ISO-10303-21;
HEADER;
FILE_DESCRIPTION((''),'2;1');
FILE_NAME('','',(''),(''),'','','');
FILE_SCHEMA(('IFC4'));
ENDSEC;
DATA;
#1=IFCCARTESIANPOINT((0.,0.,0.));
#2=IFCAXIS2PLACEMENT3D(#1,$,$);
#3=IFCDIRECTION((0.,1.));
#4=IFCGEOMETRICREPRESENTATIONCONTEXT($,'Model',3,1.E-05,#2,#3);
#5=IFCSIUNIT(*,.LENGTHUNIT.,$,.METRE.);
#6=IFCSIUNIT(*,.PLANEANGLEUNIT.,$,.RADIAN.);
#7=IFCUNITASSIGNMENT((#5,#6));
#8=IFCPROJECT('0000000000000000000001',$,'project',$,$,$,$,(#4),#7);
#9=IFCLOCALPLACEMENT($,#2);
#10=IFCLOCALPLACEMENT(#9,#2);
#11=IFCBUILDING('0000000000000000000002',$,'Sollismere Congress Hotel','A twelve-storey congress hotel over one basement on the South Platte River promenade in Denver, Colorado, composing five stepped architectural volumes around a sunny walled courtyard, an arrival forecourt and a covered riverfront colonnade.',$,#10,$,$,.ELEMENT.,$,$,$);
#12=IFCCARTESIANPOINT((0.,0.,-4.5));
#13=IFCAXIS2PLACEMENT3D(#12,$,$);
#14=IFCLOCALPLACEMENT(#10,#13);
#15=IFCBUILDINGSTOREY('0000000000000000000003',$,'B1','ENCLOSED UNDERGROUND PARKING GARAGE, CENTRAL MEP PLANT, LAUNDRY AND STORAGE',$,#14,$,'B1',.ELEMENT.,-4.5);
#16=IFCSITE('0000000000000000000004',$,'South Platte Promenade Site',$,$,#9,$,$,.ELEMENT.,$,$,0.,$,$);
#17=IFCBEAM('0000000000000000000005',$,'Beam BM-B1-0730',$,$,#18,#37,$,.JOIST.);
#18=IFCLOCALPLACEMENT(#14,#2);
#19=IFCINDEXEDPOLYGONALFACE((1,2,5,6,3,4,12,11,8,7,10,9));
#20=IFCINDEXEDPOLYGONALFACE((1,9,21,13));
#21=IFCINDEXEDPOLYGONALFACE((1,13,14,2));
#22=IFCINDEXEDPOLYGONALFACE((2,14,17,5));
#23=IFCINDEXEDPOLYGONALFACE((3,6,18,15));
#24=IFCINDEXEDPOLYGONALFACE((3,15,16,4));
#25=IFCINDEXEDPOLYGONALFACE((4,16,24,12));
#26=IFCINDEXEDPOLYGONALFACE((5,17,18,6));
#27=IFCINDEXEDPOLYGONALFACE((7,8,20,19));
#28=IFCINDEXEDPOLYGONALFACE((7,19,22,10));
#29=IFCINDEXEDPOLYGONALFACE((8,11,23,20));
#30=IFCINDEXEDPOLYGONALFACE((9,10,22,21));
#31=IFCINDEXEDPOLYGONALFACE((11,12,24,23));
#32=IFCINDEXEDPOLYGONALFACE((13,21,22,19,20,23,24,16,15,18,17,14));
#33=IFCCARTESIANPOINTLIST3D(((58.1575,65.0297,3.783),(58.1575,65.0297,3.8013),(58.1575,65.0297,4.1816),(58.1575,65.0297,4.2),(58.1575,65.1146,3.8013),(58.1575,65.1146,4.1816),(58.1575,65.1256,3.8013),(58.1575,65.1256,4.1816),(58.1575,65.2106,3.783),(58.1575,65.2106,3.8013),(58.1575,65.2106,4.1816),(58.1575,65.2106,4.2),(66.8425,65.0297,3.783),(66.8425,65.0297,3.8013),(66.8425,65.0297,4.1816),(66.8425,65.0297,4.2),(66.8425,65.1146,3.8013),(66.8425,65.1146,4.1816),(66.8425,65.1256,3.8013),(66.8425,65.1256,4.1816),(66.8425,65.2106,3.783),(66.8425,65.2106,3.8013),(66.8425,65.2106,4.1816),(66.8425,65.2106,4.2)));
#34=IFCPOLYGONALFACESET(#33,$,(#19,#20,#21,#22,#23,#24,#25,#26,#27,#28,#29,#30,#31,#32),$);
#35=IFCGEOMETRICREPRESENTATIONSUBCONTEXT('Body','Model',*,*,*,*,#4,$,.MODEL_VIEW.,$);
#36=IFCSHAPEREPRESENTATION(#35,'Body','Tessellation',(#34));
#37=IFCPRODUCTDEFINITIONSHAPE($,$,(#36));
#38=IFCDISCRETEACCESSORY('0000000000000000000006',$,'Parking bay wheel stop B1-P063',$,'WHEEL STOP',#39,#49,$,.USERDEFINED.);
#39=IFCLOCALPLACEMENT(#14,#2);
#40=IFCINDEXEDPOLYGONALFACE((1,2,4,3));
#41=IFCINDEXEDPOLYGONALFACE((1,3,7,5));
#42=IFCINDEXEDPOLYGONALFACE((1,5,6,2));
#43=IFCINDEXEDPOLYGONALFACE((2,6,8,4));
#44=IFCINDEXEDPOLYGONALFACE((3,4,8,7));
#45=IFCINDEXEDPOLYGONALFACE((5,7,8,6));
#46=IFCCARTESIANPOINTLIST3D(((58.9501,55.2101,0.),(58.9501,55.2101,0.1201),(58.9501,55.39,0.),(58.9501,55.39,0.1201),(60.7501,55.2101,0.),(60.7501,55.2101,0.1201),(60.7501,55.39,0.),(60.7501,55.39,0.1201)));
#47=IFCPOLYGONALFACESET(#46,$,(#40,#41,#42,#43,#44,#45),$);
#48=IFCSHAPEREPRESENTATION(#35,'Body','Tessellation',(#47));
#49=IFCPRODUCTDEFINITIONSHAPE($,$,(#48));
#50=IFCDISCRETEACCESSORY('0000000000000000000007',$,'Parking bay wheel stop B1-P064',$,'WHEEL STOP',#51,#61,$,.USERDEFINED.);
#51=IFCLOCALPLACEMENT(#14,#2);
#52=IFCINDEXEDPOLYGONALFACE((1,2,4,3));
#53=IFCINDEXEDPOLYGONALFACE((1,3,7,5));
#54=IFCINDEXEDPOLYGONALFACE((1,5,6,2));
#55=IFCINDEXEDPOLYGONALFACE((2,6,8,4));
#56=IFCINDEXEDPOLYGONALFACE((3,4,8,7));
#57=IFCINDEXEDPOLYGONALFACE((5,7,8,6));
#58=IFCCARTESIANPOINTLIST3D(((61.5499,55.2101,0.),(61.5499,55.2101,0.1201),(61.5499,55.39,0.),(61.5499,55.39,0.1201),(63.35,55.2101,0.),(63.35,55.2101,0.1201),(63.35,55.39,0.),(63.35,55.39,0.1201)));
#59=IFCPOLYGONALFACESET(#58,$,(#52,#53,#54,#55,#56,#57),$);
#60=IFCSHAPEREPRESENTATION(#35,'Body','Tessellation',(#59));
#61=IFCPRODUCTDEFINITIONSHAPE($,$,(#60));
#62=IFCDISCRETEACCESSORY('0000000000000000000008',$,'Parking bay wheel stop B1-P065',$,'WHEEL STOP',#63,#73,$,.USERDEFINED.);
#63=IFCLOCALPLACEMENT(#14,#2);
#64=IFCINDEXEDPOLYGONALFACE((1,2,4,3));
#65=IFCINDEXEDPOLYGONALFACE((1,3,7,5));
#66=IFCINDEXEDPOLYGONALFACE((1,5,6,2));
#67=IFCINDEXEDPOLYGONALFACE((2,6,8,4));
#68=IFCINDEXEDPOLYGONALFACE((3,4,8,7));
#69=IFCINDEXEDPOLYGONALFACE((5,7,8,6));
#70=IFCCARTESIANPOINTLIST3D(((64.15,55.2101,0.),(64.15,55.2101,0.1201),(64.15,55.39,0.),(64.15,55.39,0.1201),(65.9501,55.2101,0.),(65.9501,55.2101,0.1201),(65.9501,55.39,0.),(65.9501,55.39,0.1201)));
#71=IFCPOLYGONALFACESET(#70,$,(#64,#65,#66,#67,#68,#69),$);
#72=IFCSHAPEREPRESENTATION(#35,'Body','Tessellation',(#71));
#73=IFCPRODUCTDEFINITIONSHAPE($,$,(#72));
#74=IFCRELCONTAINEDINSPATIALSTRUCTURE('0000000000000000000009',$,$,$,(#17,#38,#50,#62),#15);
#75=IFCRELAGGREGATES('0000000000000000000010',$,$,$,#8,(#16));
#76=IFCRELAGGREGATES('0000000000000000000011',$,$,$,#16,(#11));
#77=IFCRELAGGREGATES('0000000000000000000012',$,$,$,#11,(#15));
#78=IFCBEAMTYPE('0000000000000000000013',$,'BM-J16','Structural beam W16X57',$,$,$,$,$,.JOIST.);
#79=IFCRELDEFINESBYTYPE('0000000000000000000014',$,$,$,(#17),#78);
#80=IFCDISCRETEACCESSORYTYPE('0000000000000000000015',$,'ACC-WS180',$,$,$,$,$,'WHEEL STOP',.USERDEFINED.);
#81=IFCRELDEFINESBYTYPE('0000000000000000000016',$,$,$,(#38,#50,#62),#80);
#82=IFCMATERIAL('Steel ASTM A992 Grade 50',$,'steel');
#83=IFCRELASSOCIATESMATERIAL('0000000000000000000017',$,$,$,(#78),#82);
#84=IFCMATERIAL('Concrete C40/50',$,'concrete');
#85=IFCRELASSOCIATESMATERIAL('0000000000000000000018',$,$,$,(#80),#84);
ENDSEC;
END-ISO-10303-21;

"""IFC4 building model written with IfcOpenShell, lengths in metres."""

from ifc_helpers import new_model, si_unit, direction, frame, origin, origin_2d, place, context, subcontext, project, spatial, rectangle, i_section, extrude, material, material_profile, profile_set, type_object, element, save


model = new_model("IFC4")

# Units and contexts
model_context = context("Model", 3, precision=1e-05, world=origin(), true_north=direction((0.0, 1.0)))
body_context = subcontext(model_context, "Body", "Model", "MODEL_VIEW")
ifc_project = project(units=[si_unit("LENGTHUNIT", "METRE"), si_unit("PLANEANGLEUNIT", "RADIAN")], contexts=[model_context])

# Site, building, storey
site_placement = place(None, origin())
site = spatial("IfcSite", under=ifc_project, at=site_placement, Name="South Platte Promenade Site", CompositionType="ELEMENT", RefElevation=0.0)
building_placement = place(site_placement, origin())
building = spatial("IfcBuilding", under=site, at=building_placement, Name="Sollismere Congress Hotel", Description="A twelve-storey congress hotel over one basement on the South Platte River promenade in Denver, Colorado, composing five stepped architectural volumes around a sunny walled courtyard, an arrival forecourt and a covered riverfront colonnade.", CompositionType="ELEMENT")
storey_placement = place(building_placement, frame((0.0, 0.0, -4.5)))
storey = spatial("IfcBuildingStorey", under=building, at=storey_placement, Name="B1", Description="ENCLOSED UNDERGROUND PARKING GARAGE, CENTRAL MEP PLANT, LAUNDRY AND STORAGE", LongName="B1", CompositionType="ELEMENT", Elevation=-4.5)

# Shared definitions
ifc_material_1 = material(Name="Concrete C40/50", Category="concrete")

# Beam
ifc_material_2 = material(Name="Steel ASTM A992 Grade 50", Category="steel")
ifc_material_profile_1 = material_profile(ifc_material_2, i_section(OverallWidth=0.1809, OverallDepth=0.417, WebThickness=0.011, FlangeThickness=0.0183, at=origin_2d()), Name="W16X57")
ifc_profile_set_1 = profile_set([ifc_material_profile_1], Name="Steel ASTM A992 Grade 50")
beam_type_1 = type_object("IfcBeamType", Name="BM-J16", Description="Structural beam W16X57", PredefinedType="JOIST", material=ifc_profile_set_1)
for number, where, z_axis, x_axis, name in (
    (1, (58.1575, 65.1201, 3.9915), (1.0, 0.0, 0.0), (0.0, 1.0, 0.0), "Beam BM-B1-0730"),
):
    element("IfcBeam", number, at=place(storey_placement, frame(where, z_axis=z_axis, x_axis=x_axis)), inside=storey, type_object=beam_type_1, Name=name, PredefinedType="JOIST", context=body_context, shape_type="SweptSolid", body=[
        extrude(i_section(OverallWidth=0.1809, OverallDepth=0.417, WebThickness=0.011, FlangeThickness=0.0183, at=origin_2d()), origin(), (0.0, 0.0, 1.0), 8.6851),
    ])

# Discrete accessories
discrete_accessory_type = type_object("IfcDiscreteAccessoryType", Name="ACC-WS180", ElementType="WHEEL STOP", PredefinedType="USERDEFINED", material=ifc_material_1)
for number, where, z_axis, x_axis, name in (
    (2, (59.8501, 55.3, 0.0), (0.0, 0.0, 1.0), (1.0, 0.0, 0.0), "Parking bay wheel stop B1-P063"),
    (3, (62.45, 55.3, 0.0), (0.0, 0.0, 1.0), (1.0, 0.0, 0.0), "Parking bay wheel stop B1-P064"),
    (4, (65.05, 55.3, 0.0), (0.0, 0.0, 1.0), (1.0, 0.0, 0.0), "Parking bay wheel stop B1-P065"),
):
    element("IfcDiscreteAccessory", number, at=place(storey_placement, frame(where, z_axis=z_axis, x_axis=x_axis)), inside=storey, type_object=discrete_accessory_type, Name=name, ObjectType="WHEEL STOP", PredefinedType="USERDEFINED", context=body_context, shape_type="SweptSolid", body=[
        extrude(rectangle(XDim=1.8, YDim=0.1799, at=origin_2d()), origin(), (0.0, 0.0, 1.0), 0.1201),
    ])

save(model, "model.ifc")
